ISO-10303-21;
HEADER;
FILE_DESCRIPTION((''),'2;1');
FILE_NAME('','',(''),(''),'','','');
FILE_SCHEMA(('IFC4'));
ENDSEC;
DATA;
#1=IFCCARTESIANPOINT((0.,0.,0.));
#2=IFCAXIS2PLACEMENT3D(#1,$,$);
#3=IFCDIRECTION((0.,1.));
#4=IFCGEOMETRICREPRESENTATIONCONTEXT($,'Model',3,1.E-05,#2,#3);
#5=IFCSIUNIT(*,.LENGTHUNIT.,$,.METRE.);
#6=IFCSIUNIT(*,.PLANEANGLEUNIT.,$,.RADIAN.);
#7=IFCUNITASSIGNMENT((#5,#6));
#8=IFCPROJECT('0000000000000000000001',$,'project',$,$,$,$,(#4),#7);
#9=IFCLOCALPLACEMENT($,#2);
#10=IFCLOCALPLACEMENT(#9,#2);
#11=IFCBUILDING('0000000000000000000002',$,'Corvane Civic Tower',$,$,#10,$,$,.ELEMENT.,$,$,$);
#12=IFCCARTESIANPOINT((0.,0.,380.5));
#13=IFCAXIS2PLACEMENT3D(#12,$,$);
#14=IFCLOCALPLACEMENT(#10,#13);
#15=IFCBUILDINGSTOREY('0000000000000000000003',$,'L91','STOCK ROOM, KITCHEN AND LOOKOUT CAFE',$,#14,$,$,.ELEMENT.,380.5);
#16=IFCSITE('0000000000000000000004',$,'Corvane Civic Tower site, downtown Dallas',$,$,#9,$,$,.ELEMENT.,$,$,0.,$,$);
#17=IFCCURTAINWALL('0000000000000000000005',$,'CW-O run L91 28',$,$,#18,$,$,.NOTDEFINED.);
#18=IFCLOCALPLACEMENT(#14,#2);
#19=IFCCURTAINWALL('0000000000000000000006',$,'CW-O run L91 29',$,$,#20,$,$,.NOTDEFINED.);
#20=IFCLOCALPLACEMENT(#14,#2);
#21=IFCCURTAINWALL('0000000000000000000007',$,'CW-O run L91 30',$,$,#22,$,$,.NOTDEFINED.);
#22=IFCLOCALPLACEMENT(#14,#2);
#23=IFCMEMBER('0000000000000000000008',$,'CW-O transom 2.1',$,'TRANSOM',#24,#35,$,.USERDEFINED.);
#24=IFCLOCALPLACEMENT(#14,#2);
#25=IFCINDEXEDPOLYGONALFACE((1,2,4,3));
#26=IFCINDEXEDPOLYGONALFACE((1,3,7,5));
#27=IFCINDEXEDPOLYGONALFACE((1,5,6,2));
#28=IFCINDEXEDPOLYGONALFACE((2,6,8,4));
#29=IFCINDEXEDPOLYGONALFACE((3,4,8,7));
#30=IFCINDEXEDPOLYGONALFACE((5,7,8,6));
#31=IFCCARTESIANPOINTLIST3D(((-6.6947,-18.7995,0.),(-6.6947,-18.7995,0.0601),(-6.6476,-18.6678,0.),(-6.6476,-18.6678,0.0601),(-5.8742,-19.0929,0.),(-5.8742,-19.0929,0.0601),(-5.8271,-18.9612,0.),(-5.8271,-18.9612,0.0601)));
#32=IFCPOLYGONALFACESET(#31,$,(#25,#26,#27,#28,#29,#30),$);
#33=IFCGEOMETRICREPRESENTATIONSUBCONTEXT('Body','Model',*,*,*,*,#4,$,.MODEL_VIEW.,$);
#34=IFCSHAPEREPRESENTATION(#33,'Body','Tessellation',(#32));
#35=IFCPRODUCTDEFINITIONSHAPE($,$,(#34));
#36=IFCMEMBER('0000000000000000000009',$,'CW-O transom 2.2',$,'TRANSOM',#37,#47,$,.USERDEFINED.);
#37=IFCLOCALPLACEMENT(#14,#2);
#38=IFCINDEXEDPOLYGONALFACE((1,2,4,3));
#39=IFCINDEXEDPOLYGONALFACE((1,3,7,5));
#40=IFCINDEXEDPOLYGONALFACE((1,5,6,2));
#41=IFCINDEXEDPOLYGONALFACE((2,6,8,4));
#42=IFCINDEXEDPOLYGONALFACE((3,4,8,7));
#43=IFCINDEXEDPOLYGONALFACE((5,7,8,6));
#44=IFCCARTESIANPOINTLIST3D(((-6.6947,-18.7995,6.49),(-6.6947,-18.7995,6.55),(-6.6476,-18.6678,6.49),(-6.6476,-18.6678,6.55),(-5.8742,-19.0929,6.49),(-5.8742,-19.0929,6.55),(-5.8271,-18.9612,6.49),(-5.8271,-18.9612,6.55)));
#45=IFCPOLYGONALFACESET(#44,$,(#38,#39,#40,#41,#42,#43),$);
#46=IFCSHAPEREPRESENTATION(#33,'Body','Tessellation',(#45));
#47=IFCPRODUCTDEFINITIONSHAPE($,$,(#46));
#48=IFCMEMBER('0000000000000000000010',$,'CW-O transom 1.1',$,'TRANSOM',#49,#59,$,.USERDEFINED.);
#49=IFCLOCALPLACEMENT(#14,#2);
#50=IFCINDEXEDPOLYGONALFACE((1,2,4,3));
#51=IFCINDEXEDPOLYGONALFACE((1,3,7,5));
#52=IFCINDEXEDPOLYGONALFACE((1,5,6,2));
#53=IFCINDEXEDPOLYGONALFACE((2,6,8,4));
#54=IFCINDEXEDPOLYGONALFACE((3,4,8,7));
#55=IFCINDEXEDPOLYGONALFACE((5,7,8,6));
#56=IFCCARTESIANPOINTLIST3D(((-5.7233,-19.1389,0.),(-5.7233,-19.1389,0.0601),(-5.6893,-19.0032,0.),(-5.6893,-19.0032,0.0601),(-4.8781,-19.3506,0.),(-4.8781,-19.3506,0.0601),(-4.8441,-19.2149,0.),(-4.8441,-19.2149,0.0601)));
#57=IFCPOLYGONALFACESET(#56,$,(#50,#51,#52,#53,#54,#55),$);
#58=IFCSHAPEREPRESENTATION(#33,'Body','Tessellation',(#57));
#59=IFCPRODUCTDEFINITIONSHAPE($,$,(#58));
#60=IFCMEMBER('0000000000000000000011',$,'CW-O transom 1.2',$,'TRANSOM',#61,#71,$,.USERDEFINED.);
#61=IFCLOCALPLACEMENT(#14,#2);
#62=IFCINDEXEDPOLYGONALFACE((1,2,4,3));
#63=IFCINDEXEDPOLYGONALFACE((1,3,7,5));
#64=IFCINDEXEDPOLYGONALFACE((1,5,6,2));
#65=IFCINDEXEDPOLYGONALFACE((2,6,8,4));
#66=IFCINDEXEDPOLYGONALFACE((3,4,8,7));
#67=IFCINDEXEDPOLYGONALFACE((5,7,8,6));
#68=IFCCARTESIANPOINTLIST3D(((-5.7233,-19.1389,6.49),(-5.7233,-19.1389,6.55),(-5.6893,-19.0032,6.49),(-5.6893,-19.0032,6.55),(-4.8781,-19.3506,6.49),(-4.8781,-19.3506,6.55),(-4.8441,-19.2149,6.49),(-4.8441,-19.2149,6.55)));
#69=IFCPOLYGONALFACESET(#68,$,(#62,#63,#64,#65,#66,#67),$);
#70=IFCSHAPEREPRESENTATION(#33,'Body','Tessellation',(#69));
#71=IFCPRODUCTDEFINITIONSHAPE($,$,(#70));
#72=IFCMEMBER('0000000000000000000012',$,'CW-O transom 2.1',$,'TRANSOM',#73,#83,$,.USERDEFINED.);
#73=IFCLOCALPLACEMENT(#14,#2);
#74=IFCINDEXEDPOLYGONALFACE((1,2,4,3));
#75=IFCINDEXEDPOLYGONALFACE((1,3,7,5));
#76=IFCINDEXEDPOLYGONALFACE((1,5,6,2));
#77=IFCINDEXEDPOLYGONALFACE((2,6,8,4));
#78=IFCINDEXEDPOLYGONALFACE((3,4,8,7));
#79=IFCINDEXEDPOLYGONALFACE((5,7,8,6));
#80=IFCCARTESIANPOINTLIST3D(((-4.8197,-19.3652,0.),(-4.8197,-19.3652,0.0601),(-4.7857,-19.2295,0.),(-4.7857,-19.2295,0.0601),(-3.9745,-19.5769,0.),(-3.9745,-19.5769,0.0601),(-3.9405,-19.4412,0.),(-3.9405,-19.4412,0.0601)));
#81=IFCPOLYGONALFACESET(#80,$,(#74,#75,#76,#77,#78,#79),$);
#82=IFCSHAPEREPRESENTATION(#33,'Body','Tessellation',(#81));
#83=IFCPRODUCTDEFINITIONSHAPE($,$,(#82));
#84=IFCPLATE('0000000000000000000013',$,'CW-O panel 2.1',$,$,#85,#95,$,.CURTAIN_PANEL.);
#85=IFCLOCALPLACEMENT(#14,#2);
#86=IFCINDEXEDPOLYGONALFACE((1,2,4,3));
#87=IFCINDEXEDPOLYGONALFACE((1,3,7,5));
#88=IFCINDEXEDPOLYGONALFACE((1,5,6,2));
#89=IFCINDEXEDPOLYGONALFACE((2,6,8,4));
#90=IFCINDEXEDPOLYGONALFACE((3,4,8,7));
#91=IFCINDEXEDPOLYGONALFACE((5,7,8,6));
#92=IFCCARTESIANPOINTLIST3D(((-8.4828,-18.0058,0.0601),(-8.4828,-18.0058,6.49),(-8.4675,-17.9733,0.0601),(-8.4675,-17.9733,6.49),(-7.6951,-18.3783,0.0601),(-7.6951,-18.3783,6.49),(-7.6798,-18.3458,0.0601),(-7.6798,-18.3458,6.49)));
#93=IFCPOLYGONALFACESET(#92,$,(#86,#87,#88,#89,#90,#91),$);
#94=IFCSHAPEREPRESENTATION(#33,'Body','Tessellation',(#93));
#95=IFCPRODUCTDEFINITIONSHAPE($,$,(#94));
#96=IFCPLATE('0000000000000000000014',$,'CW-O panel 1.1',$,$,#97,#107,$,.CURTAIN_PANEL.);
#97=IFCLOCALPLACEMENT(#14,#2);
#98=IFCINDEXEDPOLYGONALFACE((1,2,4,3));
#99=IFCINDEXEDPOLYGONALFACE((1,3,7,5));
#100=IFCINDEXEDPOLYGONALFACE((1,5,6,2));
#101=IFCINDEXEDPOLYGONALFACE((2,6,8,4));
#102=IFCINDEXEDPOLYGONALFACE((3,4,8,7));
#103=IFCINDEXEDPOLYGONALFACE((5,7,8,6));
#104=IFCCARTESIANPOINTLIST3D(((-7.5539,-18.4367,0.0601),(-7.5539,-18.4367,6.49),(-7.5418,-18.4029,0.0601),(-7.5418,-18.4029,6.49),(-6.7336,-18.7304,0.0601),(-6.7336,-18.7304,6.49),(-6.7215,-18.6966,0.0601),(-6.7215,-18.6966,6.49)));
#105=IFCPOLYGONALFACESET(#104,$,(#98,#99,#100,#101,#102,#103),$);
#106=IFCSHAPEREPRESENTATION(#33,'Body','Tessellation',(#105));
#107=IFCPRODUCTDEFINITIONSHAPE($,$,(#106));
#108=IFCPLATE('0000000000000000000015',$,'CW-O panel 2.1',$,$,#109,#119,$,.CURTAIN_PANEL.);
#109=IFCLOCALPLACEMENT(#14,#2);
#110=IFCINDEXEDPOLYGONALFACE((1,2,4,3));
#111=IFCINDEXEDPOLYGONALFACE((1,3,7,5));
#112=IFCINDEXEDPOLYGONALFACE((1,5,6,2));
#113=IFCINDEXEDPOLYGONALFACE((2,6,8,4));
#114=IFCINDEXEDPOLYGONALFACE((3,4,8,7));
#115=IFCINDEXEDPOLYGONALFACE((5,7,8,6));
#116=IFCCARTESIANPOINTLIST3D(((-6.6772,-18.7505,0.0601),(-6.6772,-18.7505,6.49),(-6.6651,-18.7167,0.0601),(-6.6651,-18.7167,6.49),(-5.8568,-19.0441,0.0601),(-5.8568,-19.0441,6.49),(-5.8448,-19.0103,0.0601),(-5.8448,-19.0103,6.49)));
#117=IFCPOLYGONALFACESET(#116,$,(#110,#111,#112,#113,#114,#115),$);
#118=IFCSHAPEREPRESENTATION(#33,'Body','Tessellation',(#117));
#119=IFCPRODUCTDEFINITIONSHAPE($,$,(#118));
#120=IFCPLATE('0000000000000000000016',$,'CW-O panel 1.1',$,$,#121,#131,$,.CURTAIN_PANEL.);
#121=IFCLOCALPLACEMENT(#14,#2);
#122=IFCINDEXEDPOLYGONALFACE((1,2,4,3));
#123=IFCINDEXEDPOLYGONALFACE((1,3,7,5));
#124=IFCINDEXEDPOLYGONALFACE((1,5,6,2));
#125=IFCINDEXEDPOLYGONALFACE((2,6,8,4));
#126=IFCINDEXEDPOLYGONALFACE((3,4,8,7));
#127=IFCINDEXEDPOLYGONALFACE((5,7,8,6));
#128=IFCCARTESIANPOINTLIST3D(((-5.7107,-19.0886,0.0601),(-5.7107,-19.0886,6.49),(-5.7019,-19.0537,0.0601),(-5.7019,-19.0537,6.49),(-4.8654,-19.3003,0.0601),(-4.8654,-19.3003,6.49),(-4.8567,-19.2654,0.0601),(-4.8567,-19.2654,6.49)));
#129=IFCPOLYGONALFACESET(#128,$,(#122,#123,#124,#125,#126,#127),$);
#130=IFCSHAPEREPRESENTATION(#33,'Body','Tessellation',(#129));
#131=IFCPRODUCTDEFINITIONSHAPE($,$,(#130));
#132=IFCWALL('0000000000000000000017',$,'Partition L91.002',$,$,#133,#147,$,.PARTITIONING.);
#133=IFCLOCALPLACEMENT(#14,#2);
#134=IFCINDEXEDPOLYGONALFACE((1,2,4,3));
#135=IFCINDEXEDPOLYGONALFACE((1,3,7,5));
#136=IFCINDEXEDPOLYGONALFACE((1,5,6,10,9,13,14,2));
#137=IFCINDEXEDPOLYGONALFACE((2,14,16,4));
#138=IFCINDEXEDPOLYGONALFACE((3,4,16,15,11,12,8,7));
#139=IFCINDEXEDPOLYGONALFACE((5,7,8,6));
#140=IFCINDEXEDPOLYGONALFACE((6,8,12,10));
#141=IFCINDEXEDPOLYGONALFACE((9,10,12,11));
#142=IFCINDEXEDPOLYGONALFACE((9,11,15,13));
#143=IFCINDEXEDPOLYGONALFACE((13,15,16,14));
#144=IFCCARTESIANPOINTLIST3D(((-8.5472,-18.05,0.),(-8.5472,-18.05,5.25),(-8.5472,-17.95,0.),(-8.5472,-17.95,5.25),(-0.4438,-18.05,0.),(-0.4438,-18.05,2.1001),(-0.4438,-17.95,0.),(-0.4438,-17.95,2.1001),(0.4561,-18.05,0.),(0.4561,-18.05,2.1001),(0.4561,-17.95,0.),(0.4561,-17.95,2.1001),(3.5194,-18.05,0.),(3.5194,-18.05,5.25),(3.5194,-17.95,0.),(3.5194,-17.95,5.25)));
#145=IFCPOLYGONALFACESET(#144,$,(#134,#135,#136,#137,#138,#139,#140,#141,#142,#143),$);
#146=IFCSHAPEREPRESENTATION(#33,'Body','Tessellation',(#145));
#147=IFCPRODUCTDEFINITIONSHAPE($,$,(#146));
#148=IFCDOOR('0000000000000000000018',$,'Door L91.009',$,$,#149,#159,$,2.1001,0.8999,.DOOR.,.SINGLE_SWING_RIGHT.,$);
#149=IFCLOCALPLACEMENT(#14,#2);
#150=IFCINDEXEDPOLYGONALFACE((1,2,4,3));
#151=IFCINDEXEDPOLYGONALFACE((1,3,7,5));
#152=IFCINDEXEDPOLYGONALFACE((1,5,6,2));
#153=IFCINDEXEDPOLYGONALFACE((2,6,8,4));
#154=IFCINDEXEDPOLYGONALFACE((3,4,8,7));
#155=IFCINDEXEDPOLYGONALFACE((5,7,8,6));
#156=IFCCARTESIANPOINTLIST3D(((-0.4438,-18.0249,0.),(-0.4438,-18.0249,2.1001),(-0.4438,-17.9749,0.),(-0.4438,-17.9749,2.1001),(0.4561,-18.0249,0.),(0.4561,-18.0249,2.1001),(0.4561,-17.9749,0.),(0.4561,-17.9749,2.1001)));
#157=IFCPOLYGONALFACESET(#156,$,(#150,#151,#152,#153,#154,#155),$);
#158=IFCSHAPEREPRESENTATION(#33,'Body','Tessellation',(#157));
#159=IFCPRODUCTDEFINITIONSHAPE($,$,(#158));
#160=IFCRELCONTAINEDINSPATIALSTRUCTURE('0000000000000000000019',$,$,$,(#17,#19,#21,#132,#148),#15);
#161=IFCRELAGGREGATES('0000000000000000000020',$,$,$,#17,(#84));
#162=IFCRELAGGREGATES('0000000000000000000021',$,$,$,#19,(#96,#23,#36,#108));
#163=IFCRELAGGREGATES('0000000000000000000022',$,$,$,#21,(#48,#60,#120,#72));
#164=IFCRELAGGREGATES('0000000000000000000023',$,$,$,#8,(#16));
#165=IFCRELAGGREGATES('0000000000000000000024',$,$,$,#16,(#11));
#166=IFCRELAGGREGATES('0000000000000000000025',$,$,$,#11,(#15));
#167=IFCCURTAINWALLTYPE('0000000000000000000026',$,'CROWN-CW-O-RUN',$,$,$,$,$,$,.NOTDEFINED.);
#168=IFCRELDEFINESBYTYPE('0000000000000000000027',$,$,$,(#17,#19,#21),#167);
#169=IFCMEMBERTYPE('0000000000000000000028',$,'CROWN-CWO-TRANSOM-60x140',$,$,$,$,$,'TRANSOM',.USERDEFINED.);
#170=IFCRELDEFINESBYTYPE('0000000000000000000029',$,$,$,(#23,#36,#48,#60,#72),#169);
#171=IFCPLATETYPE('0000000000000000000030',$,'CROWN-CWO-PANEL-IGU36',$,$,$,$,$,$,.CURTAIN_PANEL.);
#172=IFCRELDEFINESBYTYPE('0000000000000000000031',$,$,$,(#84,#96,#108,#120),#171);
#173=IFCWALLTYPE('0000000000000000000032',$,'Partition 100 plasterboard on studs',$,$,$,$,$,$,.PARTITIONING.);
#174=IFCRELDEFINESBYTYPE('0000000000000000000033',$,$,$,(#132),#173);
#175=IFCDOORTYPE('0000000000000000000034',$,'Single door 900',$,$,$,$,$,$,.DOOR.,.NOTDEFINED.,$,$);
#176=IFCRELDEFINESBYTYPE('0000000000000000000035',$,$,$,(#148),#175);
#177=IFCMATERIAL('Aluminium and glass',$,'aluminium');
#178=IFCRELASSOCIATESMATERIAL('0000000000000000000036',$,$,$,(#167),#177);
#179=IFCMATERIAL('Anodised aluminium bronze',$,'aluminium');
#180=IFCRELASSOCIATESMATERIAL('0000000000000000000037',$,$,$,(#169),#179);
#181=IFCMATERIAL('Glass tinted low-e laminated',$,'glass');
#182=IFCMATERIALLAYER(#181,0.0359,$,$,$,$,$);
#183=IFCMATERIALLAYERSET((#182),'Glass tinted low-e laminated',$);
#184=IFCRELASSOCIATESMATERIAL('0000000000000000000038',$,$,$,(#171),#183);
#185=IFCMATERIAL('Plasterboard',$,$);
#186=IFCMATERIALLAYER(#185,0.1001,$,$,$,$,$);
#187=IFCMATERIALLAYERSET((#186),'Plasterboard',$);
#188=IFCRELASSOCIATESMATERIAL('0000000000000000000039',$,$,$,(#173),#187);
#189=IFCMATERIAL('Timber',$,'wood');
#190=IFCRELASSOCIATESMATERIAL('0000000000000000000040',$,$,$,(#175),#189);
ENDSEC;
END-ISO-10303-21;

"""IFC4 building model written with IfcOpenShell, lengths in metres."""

from ifc_helpers import new_model, si_unit, direction, frame, frame_2d, origin, origin_2d, place, context, subcontext, project, spatial, rectangle, extrude, material, layer, layer_set, material_profile, profile_set, type_object, element, fill, aggregate, save


model = new_model("IFC4")

# Units and contexts
model_context = context("Model", 3, precision=1e-05, world=origin(), true_north=direction((0.0, 1.0)))
body_context = subcontext(model_context, "Body", "Model", "MODEL_VIEW")
ifc_project = project(units=[si_unit("LENGTHUNIT", "METRE"), si_unit("PLANEANGLEUNIT", "RADIAN")], contexts=[model_context])

# Site, building, storey
site_placement = place(None, origin())
site = spatial("IfcSite", under=ifc_project, at=site_placement, Name="Corvane Civic Tower site, downtown Dallas", CompositionType="ELEMENT", RefElevation=0.0)
building_placement = place(site_placement, origin())
building = spatial("IfcBuilding", under=site, at=building_placement, Name="Corvane Civic Tower", CompositionType="ELEMENT")
storey_placement = place(building_placement, frame((0.0, 0.0, 380.5)))
storey = spatial("IfcBuildingStorey", under=building, at=storey_placement, Name="L91", Description="STOCK ROOM, KITCHEN AND LOOKOUT CAFE", CompositionType="ELEMENT", Elevation=380.5)

# Curtain walls
ifc_material_1 = material(Name="Aluminium and glass", Category="aluminium")
curtain_wall_type = type_object("IfcCurtainWallType", Name="CROWN-CW-O-RUN", PredefinedType="NOTDEFINED", material=ifc_material_1)
curtain_wall_1_placement = place(storey_placement, origin())
curtain_wall_1 = element("IfcCurtainWall", 1, at=curtain_wall_1_placement, inside=storey, type_object=curtain_wall_type, Name="CW-O run L91 28", PredefinedType="NOTDEFINED")
curtain_wall_2_placement = place(storey_placement, origin())
curtain_wall_2 = element("IfcCurtainWall", 2, at=curtain_wall_2_placement, inside=storey, type_object=curtain_wall_type, Name="CW-O run L91 29", PredefinedType="NOTDEFINED")
curtain_wall_3_placement = place(storey_placement, origin())
curtain_wall_3 = element("IfcCurtainWall", 3, at=curtain_wall_3_placement, inside=storey, type_object=curtain_wall_type, Name="CW-O run L91 30", PredefinedType="NOTDEFINED")

# Members
ifc_material_2 = material(Name="Anodised aluminium bronze", Category="aluminium")
ifc_material_profile_1 = material_profile(ifc_material_2, rectangle(XDim=0.1399, YDim=0.0601, at=origin_2d()), Name="AL 140x60")
ifc_profile_set_1 = profile_set([ifc_material_profile_1], Name="Anodised aluminium bronze")
member_type_1 = type_object("IfcMemberType", Name="CROWN-CWO-TRANSOM-60x140", ElementType="TRANSOM", PredefinedType="USERDEFINED", material=ifc_profile_set_1)
member_1_placement = place(storey_placement, frame((-6.6711, -18.7336, 0.03), z_axis=(0.941596, -0.336745, 0.0), x_axis=(0.336745, 0.941596, 0.0)))
member_1 = element("IfcMember", 4, at=member_1_placement, type_object=member_type_1, Name="CW-O transom 2.1", ObjectType="TRANSOM", PredefinedType="USERDEFINED", context=body_context, shape_type="SweptSolid", body=[
    extrude(rectangle(XDim=0.1399, YDim=0.0601, at=origin_2d()), origin(), (0.0, 0.0, 1.0), 0.8713),
])
member_2_placement = place(storey_placement, frame((-6.6711, -18.7336, 6.52), z_axis=(0.941596, -0.336745, 0.0), x_axis=(0.336745, 0.941596, 0.0)))
member_2 = element("IfcMember", 5, at=member_2_placement, type_object=member_type_1, Name="CW-O transom 2.2", ObjectType="TRANSOM", PredefinedType="USERDEFINED", context=body_context, shape_type="SweptSolid", body=[
    extrude(rectangle(XDim=0.1399, YDim=0.0601, at=origin_2d()), origin(), (0.0, 0.0, 1.0), 0.8713),
])
member_3_placement = place(storey_placement, frame((-5.7063, -19.071, 0.03), z_axis=(0.970044, -0.242931, 0.0), x_axis=(0.242931, 0.970044, 0.0)))
member_3 = element("IfcMember", 6, at=member_3_placement, type_object=member_type_1, Name="CW-O transom 1.1", ObjectType="TRANSOM", PredefinedType="USERDEFINED", context=body_context, shape_type="SweptSolid", body=[
    extrude(rectangle(XDim=0.1399, YDim=0.0601, at=origin_2d()), origin(), (0.0, 0.0, 1.0), 0.8713),
])
member_4_placement = place(storey_placement, frame((-5.7063, -19.071, 6.52), z_axis=(0.970044, -0.242931, 0.0), x_axis=(0.242931, 0.970044, 0.0)))
member_4 = element("IfcMember", 7, at=member_4_placement, type_object=member_type_1, Name="CW-O transom 1.2", ObjectType="TRANSOM", PredefinedType="USERDEFINED", context=body_context, shape_type="SweptSolid", body=[
    extrude(rectangle(XDim=0.1399, YDim=0.0601, at=origin_2d()), origin(), (0.0, 0.0, 1.0), 0.8713),
])
member_5_placement = place(storey_placement, frame((-4.8027, -19.2974, 0.03), z_axis=(0.970044, -0.242931, 0.0), x_axis=(0.242931, 0.970044, 0.0)))
member_5 = element("IfcMember", 8, at=member_5_placement, type_object=member_type_1, Name="CW-O transom 2.1", ObjectType="TRANSOM", PredefinedType="USERDEFINED", context=body_context, shape_type="SweptSolid", body=[
    extrude(rectangle(XDim=0.1399, YDim=0.0601, at=origin_2d()), origin(), (0.0, 0.0, 1.0), 0.8713),
])

# Plates
ifc_material_3 = material(Name="Glass tinted low-e laminated", Category="glass")
ifc_layer_1 = layer(ifc_material_3, 0.0359)
ifc_layer_set_1 = layer_set([ifc_layer_1], Name="Glass tinted low-e laminated")
plate_type = type_object("IfcPlateType", Name="CROWN-CWO-PANEL-IGU36", PredefinedType="CURTAIN_PANEL", material=ifc_layer_set_1)
plate_1_placement = place(storey_placement, frame((-8.0813, -18.1758, 0.0601), z_axis=(0.0, 0.0, 1.0), x_axis=(0.904011, -0.427509, 0.0)))
plate_1 = element("IfcPlate", 9, at=plate_1_placement, type_object=plate_type, Name="CW-O panel 2.1", PredefinedType="CURTAIN_PANEL", context=body_context, shape_type="SweptSolid", body=[
    extrude(rectangle(XDim=0.8713, YDim=0.0359, at=origin_2d()), origin(), (0.0, 0.0, 1.0), 6.4299),
])
aggregate(curtain_wall_1, [plate_1])
plate_2_placement = place(storey_placement, frame((-7.1377, -18.5667, 0.0601), z_axis=(0.0, 0.0, 1.0), x_axis=(0.941511, -0.336982, 0.0)))
plate_2 = element("IfcPlate", 10, at=plate_2_placement, type_object=plate_type, Name="CW-O panel 1.1", PredefinedType="CURTAIN_PANEL", context=body_context, shape_type="SweptSolid", body=[
    extrude(rectangle(XDim=0.8713, YDim=0.0359, at=origin_2d()), origin(), (0.0, 0.0, 1.0), 6.4299),
])
plate_3_placement = place(storey_placement, frame((-6.261, -18.8804, 0.0601), z_axis=(0.0, 0.0, 1.0), x_axis=(0.941511, -0.336982, 0.0)))
plate_3 = element("IfcPlate", 11, at=plate_3_placement, type_object=plate_type, Name="CW-O panel 2.1", PredefinedType="CURTAIN_PANEL", context=body_context, shape_type="SweptSolid", body=[
    extrude(rectangle(XDim=0.8713, YDim=0.0359, at=origin_2d()), origin(), (0.0, 0.0, 1.0), 6.4299),
])
aggregate(curtain_wall_2, [plate_2, member_1, member_2, plate_3])
plate_4_placement = place(storey_placement, frame((-5.2837, -19.177, 0.0601), z_axis=(0.0, 0.0, 1.0), x_axis=(0.970038, -0.242952, 0.0)))
plate_4 = element("IfcPlate", 12, at=plate_4_placement, type_object=plate_type, Name="CW-O panel 1.1", PredefinedType="CURTAIN_PANEL", context=body_context, shape_type="SweptSolid", body=[
    extrude(rectangle(XDim=0.8713, YDim=0.0359, at=origin_2d()), origin(), (0.0, 0.0, 1.0), 6.4299),
])
aggregate(curtain_wall_3, [member_3, member_4, plate_4, member_5])

# Wall, opening, door
ifc_material_4 = material(Name="Plasterboard")
ifc_layer_2 = layer(ifc_material_4, 0.1001)
ifc_layer_set_2 = layer_set([ifc_layer_2], Name="Plasterboard")
wall_type = type_object("IfcWallType", Name="Partition 100 plasterboard on studs", PredefinedType="PARTITIONING", material=ifc_layer_set_2)
wall_placement = place(storey_placement, frame((-8.5471, -18.0, 0.0), z_axis=(0.0, 0.0, 1.0), x_axis=(1.0, 0.0, 0.0)))
wall = element("IfcWall", 13, at=wall_placement, inside=storey, type_object=wall_type, Name="Partition L91.002", PredefinedType="PARTITIONING", context=body_context, shape_type="SweptSolid", body=[
    extrude(rectangle(XDim=12.0667, YDim=0.1001, at=frame_2d((6.0332, 0.0))), origin(), (0.0, 0.0, 1.0), 5.25),
])
opening_placement = place(wall_placement, frame((8.1033, 0.0, 0.0)))
opening = element("IfcOpeningElement", 14, at=opening_placement, cuts=wall, PredefinedType="OPENING", context=body_context, shape_type="SweptSolid", body=[
    extrude(rectangle(XDim=0.8999, YDim=2.1001, at=frame_2d((0.45, 1.05))), frame((0.0, 0.0601, 0.0), z_axis=(0.0, -1.0, 0.0), x_axis=(1.0, 0.0, 0.0)), (0.0, 0.0, 1.0), 0.1201),
])
ifc_material_5 = material(Name="Timber", Category="wood")
door_type = type_object("IfcDoorType", Name="Single door 900", OperationType="NOTDEFINED", PredefinedType="DOOR", material=ifc_material_5)
door_placement = place(opening_placement, frame((0.8999, 0.0, 0.0), z_axis=(0.0, 0.0, 1.0), x_axis=(-1.0, 0.0, 0.0)))
door = element("IfcDoor", 15, at=door_placement, inside=storey, type_object=door_type, Name="Door L91.009", OperationType="SINGLE_SWING_RIGHT", OverallHeight=2.1001, OverallWidth=0.8999, PredefinedType="DOOR", context=body_context, shape_type="SweptSolid", body=[
    extrude(rectangle(XDim=0.8999, YDim=2.1001, at=frame_2d((0.45, 1.05))), frame((0.0, 0.0249, 0.0), z_axis=(0.0, -1.0, 0.0), x_axis=(1.0, 0.0, 0.0)), (0.0, 0.0, 1.0), 0.05),
])
fill(opening, door)

save(model, "model.ifc")
